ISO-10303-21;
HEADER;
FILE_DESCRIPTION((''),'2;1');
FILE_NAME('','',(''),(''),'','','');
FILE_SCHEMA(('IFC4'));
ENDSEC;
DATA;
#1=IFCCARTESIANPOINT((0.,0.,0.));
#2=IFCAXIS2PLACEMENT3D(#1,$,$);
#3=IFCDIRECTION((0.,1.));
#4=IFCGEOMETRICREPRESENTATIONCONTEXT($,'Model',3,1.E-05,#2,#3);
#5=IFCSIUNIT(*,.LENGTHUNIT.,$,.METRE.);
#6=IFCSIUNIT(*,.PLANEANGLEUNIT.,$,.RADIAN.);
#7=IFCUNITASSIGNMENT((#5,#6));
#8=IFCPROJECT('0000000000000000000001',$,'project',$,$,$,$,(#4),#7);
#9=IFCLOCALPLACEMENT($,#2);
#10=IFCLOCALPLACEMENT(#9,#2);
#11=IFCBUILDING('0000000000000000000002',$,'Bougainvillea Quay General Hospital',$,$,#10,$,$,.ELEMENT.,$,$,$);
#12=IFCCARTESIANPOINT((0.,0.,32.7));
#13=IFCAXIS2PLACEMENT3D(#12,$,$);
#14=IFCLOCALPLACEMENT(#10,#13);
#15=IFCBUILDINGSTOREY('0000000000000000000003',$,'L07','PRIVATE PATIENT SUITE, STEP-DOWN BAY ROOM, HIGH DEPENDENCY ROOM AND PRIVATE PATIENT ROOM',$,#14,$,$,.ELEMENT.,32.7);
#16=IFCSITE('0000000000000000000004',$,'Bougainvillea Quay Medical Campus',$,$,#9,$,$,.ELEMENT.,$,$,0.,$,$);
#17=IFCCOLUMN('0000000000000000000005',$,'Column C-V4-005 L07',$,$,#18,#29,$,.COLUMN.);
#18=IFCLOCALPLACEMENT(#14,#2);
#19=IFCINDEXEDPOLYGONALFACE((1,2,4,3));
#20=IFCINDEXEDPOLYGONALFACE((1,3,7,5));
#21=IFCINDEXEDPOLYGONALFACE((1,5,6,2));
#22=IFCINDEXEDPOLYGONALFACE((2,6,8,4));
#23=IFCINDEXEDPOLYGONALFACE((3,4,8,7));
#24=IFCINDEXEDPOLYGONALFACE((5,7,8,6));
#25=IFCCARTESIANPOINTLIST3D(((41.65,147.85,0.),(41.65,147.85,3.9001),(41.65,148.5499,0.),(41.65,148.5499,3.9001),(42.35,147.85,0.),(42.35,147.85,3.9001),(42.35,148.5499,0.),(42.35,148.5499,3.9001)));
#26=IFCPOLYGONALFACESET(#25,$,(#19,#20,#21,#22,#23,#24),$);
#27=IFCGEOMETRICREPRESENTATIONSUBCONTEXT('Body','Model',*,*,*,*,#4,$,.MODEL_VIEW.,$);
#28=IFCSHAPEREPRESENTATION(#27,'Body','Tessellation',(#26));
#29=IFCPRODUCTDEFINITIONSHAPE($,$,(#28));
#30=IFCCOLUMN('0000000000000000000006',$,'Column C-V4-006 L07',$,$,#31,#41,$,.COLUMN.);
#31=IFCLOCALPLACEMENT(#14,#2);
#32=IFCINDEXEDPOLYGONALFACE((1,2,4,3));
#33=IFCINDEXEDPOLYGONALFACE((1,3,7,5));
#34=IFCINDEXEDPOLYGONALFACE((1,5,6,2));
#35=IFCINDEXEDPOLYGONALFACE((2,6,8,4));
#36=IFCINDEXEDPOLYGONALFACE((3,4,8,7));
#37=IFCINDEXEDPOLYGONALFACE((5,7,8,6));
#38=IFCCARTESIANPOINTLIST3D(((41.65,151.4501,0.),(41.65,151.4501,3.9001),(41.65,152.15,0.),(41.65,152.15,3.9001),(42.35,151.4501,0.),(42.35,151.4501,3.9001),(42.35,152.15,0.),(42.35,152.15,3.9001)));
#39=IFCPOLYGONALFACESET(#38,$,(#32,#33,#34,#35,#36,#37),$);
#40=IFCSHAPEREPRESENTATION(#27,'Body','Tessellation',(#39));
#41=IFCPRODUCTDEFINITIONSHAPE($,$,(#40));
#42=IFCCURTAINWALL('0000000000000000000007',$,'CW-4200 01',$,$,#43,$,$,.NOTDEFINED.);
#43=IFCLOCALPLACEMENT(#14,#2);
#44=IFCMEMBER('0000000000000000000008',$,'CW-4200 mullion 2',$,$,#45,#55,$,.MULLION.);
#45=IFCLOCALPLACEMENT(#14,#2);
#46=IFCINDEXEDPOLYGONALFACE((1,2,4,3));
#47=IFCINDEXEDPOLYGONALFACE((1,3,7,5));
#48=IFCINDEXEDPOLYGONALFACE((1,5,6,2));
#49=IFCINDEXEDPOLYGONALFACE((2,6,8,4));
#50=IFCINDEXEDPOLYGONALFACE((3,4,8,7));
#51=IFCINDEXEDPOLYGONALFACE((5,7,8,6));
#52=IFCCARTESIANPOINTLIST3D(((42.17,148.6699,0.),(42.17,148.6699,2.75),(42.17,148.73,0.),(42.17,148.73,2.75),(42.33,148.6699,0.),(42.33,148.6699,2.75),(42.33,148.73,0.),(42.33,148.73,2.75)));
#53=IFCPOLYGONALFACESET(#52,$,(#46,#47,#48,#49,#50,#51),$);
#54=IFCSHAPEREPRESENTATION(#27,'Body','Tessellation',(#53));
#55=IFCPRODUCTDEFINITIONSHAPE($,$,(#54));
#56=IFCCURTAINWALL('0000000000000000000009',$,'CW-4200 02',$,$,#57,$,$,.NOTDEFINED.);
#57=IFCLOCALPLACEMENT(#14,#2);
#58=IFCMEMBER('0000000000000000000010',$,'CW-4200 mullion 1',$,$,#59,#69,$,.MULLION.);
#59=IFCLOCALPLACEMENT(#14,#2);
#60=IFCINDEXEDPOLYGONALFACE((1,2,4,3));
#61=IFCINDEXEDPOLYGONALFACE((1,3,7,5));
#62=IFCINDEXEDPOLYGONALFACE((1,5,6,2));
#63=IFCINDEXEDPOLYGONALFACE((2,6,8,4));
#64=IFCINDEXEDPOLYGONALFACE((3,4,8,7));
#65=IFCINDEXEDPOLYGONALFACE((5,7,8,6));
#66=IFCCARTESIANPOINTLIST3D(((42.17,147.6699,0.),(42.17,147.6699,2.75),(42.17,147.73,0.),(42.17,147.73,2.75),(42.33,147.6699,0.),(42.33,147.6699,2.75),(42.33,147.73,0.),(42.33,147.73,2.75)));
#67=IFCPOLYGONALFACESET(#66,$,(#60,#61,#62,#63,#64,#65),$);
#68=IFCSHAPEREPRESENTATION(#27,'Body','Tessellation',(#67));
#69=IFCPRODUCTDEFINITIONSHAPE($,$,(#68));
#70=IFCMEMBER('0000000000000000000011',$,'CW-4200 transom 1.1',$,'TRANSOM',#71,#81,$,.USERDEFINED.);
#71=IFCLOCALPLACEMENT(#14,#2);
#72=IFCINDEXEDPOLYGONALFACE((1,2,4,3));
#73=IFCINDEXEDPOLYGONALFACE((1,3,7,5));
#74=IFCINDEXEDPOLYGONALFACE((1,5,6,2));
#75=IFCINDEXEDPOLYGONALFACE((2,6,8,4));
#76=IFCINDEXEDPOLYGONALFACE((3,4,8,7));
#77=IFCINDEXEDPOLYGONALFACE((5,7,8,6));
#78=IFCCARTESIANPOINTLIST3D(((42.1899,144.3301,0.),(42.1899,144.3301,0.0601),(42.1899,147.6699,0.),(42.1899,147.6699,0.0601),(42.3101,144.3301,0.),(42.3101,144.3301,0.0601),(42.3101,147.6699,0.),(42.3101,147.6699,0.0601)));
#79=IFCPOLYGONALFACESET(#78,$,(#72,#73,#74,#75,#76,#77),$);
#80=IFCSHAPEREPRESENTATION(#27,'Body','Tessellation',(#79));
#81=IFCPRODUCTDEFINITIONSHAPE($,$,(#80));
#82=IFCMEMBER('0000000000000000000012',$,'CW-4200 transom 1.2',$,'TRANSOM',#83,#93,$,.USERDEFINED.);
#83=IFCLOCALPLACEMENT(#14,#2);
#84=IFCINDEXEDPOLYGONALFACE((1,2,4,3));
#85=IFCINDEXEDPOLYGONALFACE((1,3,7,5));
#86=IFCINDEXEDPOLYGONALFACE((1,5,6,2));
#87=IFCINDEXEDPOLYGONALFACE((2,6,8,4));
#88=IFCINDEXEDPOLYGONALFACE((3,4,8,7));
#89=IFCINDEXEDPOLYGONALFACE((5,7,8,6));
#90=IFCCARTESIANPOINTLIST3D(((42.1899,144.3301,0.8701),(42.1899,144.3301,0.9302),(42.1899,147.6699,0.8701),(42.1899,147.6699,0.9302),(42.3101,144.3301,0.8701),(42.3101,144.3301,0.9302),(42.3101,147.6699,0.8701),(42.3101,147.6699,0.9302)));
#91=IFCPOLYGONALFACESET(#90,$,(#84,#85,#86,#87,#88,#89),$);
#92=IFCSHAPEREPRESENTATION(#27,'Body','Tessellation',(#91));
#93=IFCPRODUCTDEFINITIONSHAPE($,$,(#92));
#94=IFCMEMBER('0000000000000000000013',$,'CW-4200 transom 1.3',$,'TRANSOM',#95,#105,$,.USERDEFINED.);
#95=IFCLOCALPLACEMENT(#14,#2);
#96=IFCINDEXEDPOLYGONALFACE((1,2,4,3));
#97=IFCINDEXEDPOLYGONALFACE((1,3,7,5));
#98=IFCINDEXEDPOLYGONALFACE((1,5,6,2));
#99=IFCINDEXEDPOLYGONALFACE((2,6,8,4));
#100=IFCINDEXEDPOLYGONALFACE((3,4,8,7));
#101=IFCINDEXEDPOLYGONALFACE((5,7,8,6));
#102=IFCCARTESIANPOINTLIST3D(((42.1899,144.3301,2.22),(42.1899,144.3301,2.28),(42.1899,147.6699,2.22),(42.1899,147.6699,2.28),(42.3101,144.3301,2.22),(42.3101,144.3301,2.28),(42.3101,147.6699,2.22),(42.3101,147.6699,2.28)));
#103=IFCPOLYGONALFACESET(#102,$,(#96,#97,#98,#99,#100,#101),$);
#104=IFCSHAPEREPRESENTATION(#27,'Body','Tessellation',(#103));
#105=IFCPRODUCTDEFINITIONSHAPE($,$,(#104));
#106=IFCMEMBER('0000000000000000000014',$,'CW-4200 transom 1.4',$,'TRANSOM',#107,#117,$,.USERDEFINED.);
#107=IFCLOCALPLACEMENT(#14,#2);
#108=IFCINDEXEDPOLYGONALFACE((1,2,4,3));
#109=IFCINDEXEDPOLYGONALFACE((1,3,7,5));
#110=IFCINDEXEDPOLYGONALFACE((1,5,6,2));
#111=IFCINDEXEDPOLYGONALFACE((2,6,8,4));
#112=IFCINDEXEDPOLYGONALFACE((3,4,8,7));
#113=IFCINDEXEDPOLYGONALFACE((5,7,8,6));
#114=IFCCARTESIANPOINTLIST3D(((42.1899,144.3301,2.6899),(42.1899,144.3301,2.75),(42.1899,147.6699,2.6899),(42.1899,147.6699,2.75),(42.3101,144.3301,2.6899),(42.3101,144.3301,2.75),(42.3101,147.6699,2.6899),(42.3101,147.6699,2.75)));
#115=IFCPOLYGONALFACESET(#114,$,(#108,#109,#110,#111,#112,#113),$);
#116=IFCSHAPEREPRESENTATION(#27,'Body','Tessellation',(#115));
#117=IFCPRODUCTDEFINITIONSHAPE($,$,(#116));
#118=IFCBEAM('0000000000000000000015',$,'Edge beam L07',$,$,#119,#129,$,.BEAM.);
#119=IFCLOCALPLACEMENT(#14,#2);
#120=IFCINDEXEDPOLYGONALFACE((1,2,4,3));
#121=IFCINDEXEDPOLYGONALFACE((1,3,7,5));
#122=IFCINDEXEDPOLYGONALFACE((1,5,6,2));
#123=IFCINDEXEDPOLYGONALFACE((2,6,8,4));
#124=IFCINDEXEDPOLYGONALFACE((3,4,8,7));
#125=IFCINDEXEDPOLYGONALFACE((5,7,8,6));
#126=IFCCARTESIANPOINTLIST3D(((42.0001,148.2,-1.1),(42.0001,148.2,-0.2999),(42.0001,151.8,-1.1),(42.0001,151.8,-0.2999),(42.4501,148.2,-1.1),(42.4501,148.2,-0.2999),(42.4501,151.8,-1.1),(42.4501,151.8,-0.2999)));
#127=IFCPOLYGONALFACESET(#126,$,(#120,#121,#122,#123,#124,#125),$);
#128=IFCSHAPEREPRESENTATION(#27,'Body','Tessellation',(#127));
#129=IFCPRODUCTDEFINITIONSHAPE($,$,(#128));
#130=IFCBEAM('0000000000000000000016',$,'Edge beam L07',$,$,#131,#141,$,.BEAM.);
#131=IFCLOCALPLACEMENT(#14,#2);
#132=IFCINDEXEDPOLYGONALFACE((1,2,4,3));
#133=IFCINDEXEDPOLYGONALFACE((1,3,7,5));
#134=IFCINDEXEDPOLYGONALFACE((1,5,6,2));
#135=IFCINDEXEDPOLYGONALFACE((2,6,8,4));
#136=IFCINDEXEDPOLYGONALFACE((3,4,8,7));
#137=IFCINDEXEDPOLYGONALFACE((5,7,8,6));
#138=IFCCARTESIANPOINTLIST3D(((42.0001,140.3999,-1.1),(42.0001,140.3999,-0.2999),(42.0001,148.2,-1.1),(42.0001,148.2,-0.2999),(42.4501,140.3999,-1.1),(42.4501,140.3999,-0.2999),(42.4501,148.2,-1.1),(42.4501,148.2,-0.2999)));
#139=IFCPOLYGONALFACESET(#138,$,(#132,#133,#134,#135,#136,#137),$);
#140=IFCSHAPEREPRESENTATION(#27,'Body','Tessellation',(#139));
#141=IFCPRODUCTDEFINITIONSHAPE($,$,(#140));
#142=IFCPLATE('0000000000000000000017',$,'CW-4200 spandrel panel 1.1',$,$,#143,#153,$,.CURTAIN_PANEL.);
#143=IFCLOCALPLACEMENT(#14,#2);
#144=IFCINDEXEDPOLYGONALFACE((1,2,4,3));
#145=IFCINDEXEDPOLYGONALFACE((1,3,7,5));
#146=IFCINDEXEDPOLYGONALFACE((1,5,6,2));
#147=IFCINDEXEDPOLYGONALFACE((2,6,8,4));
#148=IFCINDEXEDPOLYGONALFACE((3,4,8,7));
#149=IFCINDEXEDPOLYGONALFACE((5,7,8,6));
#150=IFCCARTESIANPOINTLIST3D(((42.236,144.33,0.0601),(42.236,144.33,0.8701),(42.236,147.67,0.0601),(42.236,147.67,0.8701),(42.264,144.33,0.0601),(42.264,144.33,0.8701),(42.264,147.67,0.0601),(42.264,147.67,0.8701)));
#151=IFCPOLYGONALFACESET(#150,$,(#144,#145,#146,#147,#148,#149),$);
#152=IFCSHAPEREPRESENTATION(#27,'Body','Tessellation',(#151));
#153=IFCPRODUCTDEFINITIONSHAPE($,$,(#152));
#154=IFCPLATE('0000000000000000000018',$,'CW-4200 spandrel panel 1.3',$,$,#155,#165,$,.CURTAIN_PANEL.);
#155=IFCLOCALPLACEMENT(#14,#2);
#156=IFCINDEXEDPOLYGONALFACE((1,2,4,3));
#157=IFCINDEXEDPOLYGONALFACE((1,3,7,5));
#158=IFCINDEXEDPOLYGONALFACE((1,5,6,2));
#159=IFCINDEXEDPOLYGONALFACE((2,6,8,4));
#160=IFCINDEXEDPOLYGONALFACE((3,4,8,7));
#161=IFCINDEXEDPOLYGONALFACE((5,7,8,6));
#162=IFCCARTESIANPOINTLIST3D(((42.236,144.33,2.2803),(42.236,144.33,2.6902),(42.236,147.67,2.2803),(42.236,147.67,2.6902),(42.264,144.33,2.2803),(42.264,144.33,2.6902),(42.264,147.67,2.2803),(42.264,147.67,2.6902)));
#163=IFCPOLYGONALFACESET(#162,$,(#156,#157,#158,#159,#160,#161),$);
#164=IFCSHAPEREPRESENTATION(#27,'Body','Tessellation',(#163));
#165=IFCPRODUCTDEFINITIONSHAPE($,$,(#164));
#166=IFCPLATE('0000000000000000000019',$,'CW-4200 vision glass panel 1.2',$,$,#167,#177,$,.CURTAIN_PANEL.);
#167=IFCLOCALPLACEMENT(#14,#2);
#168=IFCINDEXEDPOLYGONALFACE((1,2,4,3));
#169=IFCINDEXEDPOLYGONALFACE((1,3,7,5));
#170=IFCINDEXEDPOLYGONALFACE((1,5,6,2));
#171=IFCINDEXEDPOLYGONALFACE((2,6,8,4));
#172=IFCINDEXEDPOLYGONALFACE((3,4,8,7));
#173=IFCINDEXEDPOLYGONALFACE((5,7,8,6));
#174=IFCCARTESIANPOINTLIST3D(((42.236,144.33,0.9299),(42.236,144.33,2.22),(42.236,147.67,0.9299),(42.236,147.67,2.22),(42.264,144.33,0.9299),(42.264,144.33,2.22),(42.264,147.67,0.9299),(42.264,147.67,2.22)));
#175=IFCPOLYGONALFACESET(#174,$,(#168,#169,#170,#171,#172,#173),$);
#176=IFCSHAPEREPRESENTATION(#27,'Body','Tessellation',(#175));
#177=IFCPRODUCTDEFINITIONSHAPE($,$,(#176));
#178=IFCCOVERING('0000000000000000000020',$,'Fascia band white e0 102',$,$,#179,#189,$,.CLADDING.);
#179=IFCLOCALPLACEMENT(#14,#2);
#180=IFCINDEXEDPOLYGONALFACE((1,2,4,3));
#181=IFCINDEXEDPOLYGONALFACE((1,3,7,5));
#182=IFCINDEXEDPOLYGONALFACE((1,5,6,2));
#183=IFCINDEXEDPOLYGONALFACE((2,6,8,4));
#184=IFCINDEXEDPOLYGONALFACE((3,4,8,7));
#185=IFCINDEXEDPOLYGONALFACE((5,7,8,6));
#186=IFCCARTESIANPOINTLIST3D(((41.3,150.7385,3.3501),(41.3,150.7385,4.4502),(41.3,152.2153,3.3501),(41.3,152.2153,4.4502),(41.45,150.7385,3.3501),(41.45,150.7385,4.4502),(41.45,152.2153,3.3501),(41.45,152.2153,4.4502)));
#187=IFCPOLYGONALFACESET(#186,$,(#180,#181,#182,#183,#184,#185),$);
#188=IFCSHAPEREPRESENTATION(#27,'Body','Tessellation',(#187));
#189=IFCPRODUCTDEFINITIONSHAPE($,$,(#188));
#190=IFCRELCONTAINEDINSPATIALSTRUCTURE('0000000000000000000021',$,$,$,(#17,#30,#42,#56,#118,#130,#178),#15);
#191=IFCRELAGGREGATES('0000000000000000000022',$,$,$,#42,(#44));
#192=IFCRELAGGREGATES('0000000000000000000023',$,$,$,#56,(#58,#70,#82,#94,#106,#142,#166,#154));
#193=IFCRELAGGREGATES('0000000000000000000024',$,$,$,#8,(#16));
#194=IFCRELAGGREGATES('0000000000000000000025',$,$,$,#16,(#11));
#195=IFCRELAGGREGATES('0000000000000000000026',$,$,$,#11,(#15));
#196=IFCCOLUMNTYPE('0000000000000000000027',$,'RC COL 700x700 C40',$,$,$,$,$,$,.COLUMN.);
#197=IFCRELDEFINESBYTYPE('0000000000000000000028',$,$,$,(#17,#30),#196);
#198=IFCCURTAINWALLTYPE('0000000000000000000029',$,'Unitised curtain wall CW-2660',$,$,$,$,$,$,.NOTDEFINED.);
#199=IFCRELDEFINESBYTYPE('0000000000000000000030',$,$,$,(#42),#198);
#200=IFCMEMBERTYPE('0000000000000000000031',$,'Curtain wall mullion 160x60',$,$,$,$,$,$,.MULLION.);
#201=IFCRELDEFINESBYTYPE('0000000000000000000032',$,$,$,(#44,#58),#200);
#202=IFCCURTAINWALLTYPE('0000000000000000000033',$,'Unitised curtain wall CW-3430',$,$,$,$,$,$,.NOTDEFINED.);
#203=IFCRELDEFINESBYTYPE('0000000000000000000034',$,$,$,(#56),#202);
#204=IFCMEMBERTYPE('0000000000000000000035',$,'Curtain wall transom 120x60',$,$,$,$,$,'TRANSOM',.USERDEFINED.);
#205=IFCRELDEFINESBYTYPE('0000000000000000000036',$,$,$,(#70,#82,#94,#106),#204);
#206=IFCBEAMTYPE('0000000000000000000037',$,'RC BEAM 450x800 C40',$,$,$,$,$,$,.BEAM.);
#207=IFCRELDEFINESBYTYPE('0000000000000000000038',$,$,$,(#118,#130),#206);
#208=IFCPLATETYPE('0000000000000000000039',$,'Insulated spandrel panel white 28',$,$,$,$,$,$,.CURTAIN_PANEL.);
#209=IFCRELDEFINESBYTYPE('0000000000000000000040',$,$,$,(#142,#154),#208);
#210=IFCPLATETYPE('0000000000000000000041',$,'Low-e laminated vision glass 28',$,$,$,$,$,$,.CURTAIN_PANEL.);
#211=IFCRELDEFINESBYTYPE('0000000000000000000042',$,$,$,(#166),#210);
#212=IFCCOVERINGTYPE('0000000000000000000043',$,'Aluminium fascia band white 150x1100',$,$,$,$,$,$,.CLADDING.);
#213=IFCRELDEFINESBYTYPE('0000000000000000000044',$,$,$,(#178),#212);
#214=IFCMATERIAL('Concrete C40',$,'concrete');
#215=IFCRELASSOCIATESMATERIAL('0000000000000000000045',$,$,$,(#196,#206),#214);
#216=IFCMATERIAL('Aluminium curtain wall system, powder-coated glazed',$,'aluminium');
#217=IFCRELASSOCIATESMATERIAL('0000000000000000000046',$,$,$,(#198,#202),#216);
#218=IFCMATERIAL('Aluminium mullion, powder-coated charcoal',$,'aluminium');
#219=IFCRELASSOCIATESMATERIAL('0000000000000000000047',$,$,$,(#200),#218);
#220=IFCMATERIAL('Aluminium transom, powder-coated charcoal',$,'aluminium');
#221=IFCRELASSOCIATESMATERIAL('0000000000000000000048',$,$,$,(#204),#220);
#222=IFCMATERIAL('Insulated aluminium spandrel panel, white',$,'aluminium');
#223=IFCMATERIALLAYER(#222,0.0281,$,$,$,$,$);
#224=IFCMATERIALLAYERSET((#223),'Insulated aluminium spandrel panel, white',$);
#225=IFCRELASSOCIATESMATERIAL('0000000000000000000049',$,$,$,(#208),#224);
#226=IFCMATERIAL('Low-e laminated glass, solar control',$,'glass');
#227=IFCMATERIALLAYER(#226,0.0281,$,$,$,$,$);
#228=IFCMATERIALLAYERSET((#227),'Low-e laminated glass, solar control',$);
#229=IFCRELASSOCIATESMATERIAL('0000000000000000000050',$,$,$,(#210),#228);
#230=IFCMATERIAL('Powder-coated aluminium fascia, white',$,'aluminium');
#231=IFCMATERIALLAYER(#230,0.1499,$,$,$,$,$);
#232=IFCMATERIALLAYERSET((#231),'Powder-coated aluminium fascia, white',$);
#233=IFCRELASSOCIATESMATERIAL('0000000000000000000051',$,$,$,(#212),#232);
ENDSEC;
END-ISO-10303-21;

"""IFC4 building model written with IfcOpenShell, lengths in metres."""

from ifc_helpers import new_model, si_unit, direction, frame, origin, origin_2d, place, context, subcontext, project, spatial, polyline, rectangle, outline, extrude, material, layer, layer_set, material_profile, profile_set, type_object, element, aggregate, save


model = new_model("IFC4")

# Units and contexts
model_context = context("Model", 3, precision=1e-05, world=origin(), true_north=direction((0.0, 1.0)))
body_context = subcontext(model_context, "Body", "Model", "MODEL_VIEW")
ifc_project = project(units=[si_unit("LENGTHUNIT", "METRE"), si_unit("PLANEANGLEUNIT", "RADIAN")], contexts=[model_context])

# Site, building, storey
site_placement = place(None, origin())
site = spatial("IfcSite", under=ifc_project, at=site_placement, Name="Bougainvillea Quay Medical Campus", CompositionType="ELEMENT", RefElevation=0.0)
building_placement = place(site_placement, origin())
building = spatial("IfcBuilding", under=site, at=building_placement, Name="Bougainvillea Quay General Hospital", CompositionType="ELEMENT")
storey_placement = place(building_placement, frame((0.0, 0.0, 32.7)))
storey = spatial("IfcBuildingStorey", under=building, at=storey_placement, Name="L07", Description="PRIVATE PATIENT SUITE, STEP-DOWN BAY ROOM, HIGH DEPENDENCY ROOM AND PRIVATE PATIENT ROOM", CompositionType="ELEMENT", Elevation=32.7)

# Columns
ifc_material_1 = material(Name="Concrete C40", Category="concrete")
ifc_material_profile_1 = material_profile(ifc_material_1, rectangle(XDim=0.7, YDim=0.7, at=origin_2d()))
ifc_profile_set_1 = profile_set([ifc_material_profile_1], Name="Concrete C40")
column_type = type_object("IfcColumnType", Name="RC COL 700x700 C40", PredefinedType="COLUMN", material=ifc_profile_set_1)
for number, where, z_axis, x_axis, name in (
    (1, (42.0, 148.2, 0.0), (0.0, 0.0, 1.0), (1.0, 0.0, 0.0), "Column C-V4-005 L07"),
    (2, (42.0, 151.8, 0.0), (0.0, 0.0, 1.0), (1.0, 0.0, 0.0), "Column C-V4-006 L07"),
):
    element("IfcColumn", number, at=place(storey_placement, frame(where, z_axis=z_axis, x_axis=x_axis)), inside=storey, type_object=column_type, Name=name, PredefinedType="COLUMN", context=body_context, shape_type="SweptSolid", body=[
        extrude(rectangle(XDim=0.7, YDim=0.7, at=origin_2d()), origin(), (0.0, 0.0, 1.0), 3.9001),
    ])

# Curtain wall, member
ifc_material_2 = material(Name="Aluminium curtain wall system, powder-coated glazed", Category="aluminium")
curtain_wall_type_1 = type_object("IfcCurtainWallType", Name="Unitised curtain wall CW-2660", PredefinedType="NOTDEFINED", material=ifc_material_2)
curtain_wall_1_placement = place(storey_placement, origin())
curtain_wall_1 = element("IfcCurtainWall", 3, at=curtain_wall_1_placement, inside=storey, type_object=curtain_wall_type_1, Name="CW-4200 01", PredefinedType="NOTDEFINED")
ifc_material_3 = material(Name="Aluminium mullion, powder-coated charcoal", Category="aluminium")
ifc_material_profile_2 = material_profile(ifc_material_3, rectangle(XDim=0.1599, YDim=0.0601, at=origin_2d()))
ifc_profile_set_2 = profile_set([ifc_material_profile_2], Name="Aluminium mullion, powder-coated charcoal")
member_type_1 = type_object("IfcMemberType", Name="Curtain wall mullion 160x60", PredefinedType="MULLION", material=ifc_profile_set_2)
member_1_placement = place(storey_placement, frame((42.25, 148.7, 0.0), z_axis=(0.0, 0.0, 1.0), x_axis=(1.0, 0.0, 0.0)))
member_1 = element("IfcMember", 4, at=member_1_placement, type_object=member_type_1, Name="CW-4200 mullion 2", PredefinedType="MULLION", context=body_context, shape_type="SweptSolid", body=[
    extrude(rectangle(XDim=0.1599, YDim=0.0601, at=origin_2d()), origin(), (0.0, 0.0, 1.0), 2.75),
])
aggregate(curtain_wall_1, [member_1])

# Curtain wall, members
curtain_wall_type_2 = type_object("IfcCurtainWallType", Name="Unitised curtain wall CW-3430", PredefinedType="NOTDEFINED", material=ifc_material_2)
curtain_wall_2_placement = place(storey_placement, origin())
curtain_wall_2 = element("IfcCurtainWall", 5, at=curtain_wall_2_placement, inside=storey, type_object=curtain_wall_type_2, Name="CW-4200 02", PredefinedType="NOTDEFINED")
member_2_placement = place(storey_placement, frame((42.25, 147.7, 0.0), z_axis=(0.0, 0.0, 1.0), x_axis=(1.0, 0.0, 0.0)))
member_2 = element("IfcMember", 6, at=member_2_placement, type_object=member_type_1, Name="CW-4200 mullion 1", PredefinedType="MULLION", context=body_context, shape_type="SweptSolid", body=[
    extrude(rectangle(XDim=0.1599, YDim=0.0601, at=origin_2d()), origin(), (0.0, 0.0, 1.0), 2.75),
])
ifc_material_4 = material(Name="Aluminium transom, powder-coated charcoal", Category="aluminium")
ifc_material_profile_3 = material_profile(ifc_material_4, rectangle(XDim=0.1201, YDim=0.0601, at=origin_2d()))
ifc_profile_set_3 = profile_set([ifc_material_profile_3], Name="Aluminium transom, powder-coated charcoal")
member_type_2 = type_object("IfcMemberType", Name="Curtain wall transom 120x60", ElementType="TRANSOM", PredefinedType="USERDEFINED", material=ifc_profile_set_3)
member_3_placement = place(storey_placement, frame((42.25, 147.6699, 0.03), z_axis=(0.0, -1.0, 0.0), x_axis=(1.0, 0.0, 0.0)))
member_3 = element("IfcMember", 7, at=member_3_placement, type_object=member_type_2, Name="CW-4200 transom 1.1", ObjectType="TRANSOM", PredefinedType="USERDEFINED", context=body_context, shape_type="SweptSolid", body=[
    extrude(rectangle(XDim=0.1201, YDim=0.0601, at=origin_2d()), origin(), (0.0, 0.0, 1.0), 3.3398),
])
member_4_placement = place(storey_placement, frame((42.25, 147.6699, 0.9001), z_axis=(0.0, -1.0, 0.0), x_axis=(1.0, 0.0, 0.0)))
member_4 = element("IfcMember", 8, at=member_4_placement, type_object=member_type_2, Name="CW-4200 transom 1.2", ObjectType="TRANSOM", PredefinedType="USERDEFINED", context=body_context, shape_type="SweptSolid", body=[
    extrude(rectangle(XDim=0.1201, YDim=0.0601, at=origin_2d()), origin(), (0.0, 0.0, 1.0), 3.3398),
])
member_5_placement = place(storey_placement, frame((42.25, 147.6699, 2.25), z_axis=(0.0, -1.0, 0.0), x_axis=(1.0, 0.0, 0.0)))
member_5 = element("IfcMember", 9, at=member_5_placement, type_object=member_type_2, Name="CW-4200 transom 1.3", ObjectType="TRANSOM", PredefinedType="USERDEFINED", context=body_context, shape_type="SweptSolid", body=[
    extrude(rectangle(XDim=0.1201, YDim=0.0601, at=origin_2d()), origin(), (0.0, 0.0, 1.0), 3.3398),
])
member_6_placement = place(storey_placement, frame((42.25, 147.6699, 2.72), z_axis=(0.0, -1.0, 0.0), x_axis=(1.0, 0.0, 0.0)))
member_6 = element("IfcMember", 10, at=member_6_placement, type_object=member_type_2, Name="CW-4200 transom 1.4", ObjectType="TRANSOM", PredefinedType="USERDEFINED", context=body_context, shape_type="SweptSolid", body=[
    extrude(rectangle(XDim=0.1201, YDim=0.0601, at=origin_2d()), origin(), (0.0, 0.0, 1.0), 3.3398),
])

# Beams
ifc_material_profile_4 = material_profile(ifc_material_1, rectangle(XDim=0.45, YDim=0.8, at=origin_2d()))
ifc_profile_set_4 = profile_set([ifc_material_profile_4], Name="Concrete C40")
beam_type = type_object("IfcBeamType", Name="RC BEAM 450x800 C40", PredefinedType="BEAM", material=ifc_profile_set_4)
beam_1_placement = place(storey_placement, frame((42.2251, 151.8, -0.7), z_axis=(0.0, -1.0, 0.0), x_axis=(1.0, 0.0, 0.0)))
element("IfcBeam", 11, at=beam_1_placement, inside=storey, type_object=beam_type, Name="Edge beam L07", PredefinedType="BEAM", context=body_context, shape_type="SweptSolid", body=[
    extrude(rectangle(XDim=0.45, YDim=0.8, at=origin_2d()), origin(), (0.0, 0.0, 1.0), 3.6001),
])
beam_2_placement = place(storey_placement, frame((42.2251, 148.2, -0.7), z_axis=(0.0, -1.0, 0.0), x_axis=(1.0, 0.0, 0.0)))
element("IfcBeam", 12, at=beam_2_placement, inside=storey, type_object=beam_type, Name="Edge beam L07", PredefinedType="BEAM", context=body_context, shape_type="SweptSolid", body=[
    extrude(rectangle(XDim=0.45, YDim=0.8, at=origin_2d()), origin(), (0.0, 0.0, 1.0), 7.8),
])

# Plates
ifc_material_5 = material(Name="Insulated aluminium spandrel panel, white", Category="aluminium")
ifc_layer_1 = layer(ifc_material_5, 0.0281)
ifc_layer_set_1 = layer_set([ifc_layer_1], Name="Insulated aluminium spandrel panel, white")
plate_type_1 = type_object("IfcPlateType", Name="Insulated spandrel panel white 28", PredefinedType="CURTAIN_PANEL", material=ifc_layer_set_1)
plate_1_placement = place(storey_placement, frame((42.25, 146.0, 0.0601), z_axis=(0.0, 0.0, 1.0), x_axis=(0.0, -1.0, 0.0)))
plate_1 = element("IfcPlate", 13, at=plate_1_placement, type_object=plate_type_1, Name="CW-4200 spandrel panel 1.1", PredefinedType="CURTAIN_PANEL", context=body_context, shape_type="SweptSolid", body=[
    extrude(rectangle(XDim=3.3401, YDim=0.0281, at=origin_2d()), origin(), (0.0, 0.0, 1.0), 0.8101),
])
plate_2_placement = place(storey_placement, frame((42.25, 146.0, 2.2803), z_axis=(0.0, 0.0, 1.0), x_axis=(0.0, -1.0, 0.0)))
plate_2 = element("IfcPlate", 14, at=plate_2_placement, type_object=plate_type_1, Name="CW-4200 spandrel panel 1.3", PredefinedType="CURTAIN_PANEL", context=body_context, shape_type="SweptSolid", body=[
    extrude(rectangle(XDim=3.3401, YDim=0.0281, at=origin_2d()), origin(), (0.0, 0.0, 1.0), 0.4099),
])
ifc_material_6 = material(Name="Low-e laminated glass, solar control", Category="glass")
ifc_layer_2 = layer(ifc_material_6, 0.0281)
ifc_layer_set_2 = layer_set([ifc_layer_2], Name="Low-e laminated glass, solar control")
plate_type_2 = type_object("IfcPlateType", Name="Low-e laminated vision glass 28", PredefinedType="CURTAIN_PANEL", material=ifc_layer_set_2)
plate_3_placement = place(storey_placement, frame((42.25, 146.0, 0.9299), z_axis=(0.0, 0.0, 1.0), x_axis=(0.0, -1.0, 0.0)))
plate_3 = element("IfcPlate", 15, at=plate_3_placement, type_object=plate_type_2, Name="CW-4200 vision glass panel 1.2", PredefinedType="CURTAIN_PANEL", context=body_context, shape_type="SweptSolid", body=[
    extrude(rectangle(XDim=3.3401, YDim=0.0281, at=origin_2d()), origin(), (0.0, 0.0, 1.0), 1.29),
])
aggregate(curtain_wall_2, [member_2, member_3, member_4, member_5, member_6, plate_1, plate_3, plate_2])

# Covering
ifc_material_7 = material(Name="Powder-coated aluminium fascia, white", Category="aluminium")
ifc_layer_3 = layer(ifc_material_7, 0.1499)
ifc_layer_set_3 = layer_set([ifc_layer_3], Name="Powder-coated aluminium fascia, white")
covering_type = type_object("IfcCoveringType", Name="Aluminium fascia band white 150x1100", PredefinedType="CLADDING", material=ifc_layer_set_3)
covering_1_placement = place(storey_placement, frame((41.45, 152.2153, 3.3501), z_axis=(0.0, 0.0, 1.0), x_axis=(0.0, -1.0, 0.0)))
element("IfcCovering", 16, at=covering_1_placement, inside=storey, type_object=covering_type, Name="Fascia band white e0 102", PredefinedType="CLADDING", context=body_context, shape_type="SweptSolid", body=[
    extrude(outline(polyline([(0.0, 0.0), (1.4768, 0.0), (1.4768, -0.1499), (0.0, -0.1499), (0.0, 0.0)])), origin(), (0.0, 0.0, 1.0), 1.1001),
])

save(model, "model.ifc")
